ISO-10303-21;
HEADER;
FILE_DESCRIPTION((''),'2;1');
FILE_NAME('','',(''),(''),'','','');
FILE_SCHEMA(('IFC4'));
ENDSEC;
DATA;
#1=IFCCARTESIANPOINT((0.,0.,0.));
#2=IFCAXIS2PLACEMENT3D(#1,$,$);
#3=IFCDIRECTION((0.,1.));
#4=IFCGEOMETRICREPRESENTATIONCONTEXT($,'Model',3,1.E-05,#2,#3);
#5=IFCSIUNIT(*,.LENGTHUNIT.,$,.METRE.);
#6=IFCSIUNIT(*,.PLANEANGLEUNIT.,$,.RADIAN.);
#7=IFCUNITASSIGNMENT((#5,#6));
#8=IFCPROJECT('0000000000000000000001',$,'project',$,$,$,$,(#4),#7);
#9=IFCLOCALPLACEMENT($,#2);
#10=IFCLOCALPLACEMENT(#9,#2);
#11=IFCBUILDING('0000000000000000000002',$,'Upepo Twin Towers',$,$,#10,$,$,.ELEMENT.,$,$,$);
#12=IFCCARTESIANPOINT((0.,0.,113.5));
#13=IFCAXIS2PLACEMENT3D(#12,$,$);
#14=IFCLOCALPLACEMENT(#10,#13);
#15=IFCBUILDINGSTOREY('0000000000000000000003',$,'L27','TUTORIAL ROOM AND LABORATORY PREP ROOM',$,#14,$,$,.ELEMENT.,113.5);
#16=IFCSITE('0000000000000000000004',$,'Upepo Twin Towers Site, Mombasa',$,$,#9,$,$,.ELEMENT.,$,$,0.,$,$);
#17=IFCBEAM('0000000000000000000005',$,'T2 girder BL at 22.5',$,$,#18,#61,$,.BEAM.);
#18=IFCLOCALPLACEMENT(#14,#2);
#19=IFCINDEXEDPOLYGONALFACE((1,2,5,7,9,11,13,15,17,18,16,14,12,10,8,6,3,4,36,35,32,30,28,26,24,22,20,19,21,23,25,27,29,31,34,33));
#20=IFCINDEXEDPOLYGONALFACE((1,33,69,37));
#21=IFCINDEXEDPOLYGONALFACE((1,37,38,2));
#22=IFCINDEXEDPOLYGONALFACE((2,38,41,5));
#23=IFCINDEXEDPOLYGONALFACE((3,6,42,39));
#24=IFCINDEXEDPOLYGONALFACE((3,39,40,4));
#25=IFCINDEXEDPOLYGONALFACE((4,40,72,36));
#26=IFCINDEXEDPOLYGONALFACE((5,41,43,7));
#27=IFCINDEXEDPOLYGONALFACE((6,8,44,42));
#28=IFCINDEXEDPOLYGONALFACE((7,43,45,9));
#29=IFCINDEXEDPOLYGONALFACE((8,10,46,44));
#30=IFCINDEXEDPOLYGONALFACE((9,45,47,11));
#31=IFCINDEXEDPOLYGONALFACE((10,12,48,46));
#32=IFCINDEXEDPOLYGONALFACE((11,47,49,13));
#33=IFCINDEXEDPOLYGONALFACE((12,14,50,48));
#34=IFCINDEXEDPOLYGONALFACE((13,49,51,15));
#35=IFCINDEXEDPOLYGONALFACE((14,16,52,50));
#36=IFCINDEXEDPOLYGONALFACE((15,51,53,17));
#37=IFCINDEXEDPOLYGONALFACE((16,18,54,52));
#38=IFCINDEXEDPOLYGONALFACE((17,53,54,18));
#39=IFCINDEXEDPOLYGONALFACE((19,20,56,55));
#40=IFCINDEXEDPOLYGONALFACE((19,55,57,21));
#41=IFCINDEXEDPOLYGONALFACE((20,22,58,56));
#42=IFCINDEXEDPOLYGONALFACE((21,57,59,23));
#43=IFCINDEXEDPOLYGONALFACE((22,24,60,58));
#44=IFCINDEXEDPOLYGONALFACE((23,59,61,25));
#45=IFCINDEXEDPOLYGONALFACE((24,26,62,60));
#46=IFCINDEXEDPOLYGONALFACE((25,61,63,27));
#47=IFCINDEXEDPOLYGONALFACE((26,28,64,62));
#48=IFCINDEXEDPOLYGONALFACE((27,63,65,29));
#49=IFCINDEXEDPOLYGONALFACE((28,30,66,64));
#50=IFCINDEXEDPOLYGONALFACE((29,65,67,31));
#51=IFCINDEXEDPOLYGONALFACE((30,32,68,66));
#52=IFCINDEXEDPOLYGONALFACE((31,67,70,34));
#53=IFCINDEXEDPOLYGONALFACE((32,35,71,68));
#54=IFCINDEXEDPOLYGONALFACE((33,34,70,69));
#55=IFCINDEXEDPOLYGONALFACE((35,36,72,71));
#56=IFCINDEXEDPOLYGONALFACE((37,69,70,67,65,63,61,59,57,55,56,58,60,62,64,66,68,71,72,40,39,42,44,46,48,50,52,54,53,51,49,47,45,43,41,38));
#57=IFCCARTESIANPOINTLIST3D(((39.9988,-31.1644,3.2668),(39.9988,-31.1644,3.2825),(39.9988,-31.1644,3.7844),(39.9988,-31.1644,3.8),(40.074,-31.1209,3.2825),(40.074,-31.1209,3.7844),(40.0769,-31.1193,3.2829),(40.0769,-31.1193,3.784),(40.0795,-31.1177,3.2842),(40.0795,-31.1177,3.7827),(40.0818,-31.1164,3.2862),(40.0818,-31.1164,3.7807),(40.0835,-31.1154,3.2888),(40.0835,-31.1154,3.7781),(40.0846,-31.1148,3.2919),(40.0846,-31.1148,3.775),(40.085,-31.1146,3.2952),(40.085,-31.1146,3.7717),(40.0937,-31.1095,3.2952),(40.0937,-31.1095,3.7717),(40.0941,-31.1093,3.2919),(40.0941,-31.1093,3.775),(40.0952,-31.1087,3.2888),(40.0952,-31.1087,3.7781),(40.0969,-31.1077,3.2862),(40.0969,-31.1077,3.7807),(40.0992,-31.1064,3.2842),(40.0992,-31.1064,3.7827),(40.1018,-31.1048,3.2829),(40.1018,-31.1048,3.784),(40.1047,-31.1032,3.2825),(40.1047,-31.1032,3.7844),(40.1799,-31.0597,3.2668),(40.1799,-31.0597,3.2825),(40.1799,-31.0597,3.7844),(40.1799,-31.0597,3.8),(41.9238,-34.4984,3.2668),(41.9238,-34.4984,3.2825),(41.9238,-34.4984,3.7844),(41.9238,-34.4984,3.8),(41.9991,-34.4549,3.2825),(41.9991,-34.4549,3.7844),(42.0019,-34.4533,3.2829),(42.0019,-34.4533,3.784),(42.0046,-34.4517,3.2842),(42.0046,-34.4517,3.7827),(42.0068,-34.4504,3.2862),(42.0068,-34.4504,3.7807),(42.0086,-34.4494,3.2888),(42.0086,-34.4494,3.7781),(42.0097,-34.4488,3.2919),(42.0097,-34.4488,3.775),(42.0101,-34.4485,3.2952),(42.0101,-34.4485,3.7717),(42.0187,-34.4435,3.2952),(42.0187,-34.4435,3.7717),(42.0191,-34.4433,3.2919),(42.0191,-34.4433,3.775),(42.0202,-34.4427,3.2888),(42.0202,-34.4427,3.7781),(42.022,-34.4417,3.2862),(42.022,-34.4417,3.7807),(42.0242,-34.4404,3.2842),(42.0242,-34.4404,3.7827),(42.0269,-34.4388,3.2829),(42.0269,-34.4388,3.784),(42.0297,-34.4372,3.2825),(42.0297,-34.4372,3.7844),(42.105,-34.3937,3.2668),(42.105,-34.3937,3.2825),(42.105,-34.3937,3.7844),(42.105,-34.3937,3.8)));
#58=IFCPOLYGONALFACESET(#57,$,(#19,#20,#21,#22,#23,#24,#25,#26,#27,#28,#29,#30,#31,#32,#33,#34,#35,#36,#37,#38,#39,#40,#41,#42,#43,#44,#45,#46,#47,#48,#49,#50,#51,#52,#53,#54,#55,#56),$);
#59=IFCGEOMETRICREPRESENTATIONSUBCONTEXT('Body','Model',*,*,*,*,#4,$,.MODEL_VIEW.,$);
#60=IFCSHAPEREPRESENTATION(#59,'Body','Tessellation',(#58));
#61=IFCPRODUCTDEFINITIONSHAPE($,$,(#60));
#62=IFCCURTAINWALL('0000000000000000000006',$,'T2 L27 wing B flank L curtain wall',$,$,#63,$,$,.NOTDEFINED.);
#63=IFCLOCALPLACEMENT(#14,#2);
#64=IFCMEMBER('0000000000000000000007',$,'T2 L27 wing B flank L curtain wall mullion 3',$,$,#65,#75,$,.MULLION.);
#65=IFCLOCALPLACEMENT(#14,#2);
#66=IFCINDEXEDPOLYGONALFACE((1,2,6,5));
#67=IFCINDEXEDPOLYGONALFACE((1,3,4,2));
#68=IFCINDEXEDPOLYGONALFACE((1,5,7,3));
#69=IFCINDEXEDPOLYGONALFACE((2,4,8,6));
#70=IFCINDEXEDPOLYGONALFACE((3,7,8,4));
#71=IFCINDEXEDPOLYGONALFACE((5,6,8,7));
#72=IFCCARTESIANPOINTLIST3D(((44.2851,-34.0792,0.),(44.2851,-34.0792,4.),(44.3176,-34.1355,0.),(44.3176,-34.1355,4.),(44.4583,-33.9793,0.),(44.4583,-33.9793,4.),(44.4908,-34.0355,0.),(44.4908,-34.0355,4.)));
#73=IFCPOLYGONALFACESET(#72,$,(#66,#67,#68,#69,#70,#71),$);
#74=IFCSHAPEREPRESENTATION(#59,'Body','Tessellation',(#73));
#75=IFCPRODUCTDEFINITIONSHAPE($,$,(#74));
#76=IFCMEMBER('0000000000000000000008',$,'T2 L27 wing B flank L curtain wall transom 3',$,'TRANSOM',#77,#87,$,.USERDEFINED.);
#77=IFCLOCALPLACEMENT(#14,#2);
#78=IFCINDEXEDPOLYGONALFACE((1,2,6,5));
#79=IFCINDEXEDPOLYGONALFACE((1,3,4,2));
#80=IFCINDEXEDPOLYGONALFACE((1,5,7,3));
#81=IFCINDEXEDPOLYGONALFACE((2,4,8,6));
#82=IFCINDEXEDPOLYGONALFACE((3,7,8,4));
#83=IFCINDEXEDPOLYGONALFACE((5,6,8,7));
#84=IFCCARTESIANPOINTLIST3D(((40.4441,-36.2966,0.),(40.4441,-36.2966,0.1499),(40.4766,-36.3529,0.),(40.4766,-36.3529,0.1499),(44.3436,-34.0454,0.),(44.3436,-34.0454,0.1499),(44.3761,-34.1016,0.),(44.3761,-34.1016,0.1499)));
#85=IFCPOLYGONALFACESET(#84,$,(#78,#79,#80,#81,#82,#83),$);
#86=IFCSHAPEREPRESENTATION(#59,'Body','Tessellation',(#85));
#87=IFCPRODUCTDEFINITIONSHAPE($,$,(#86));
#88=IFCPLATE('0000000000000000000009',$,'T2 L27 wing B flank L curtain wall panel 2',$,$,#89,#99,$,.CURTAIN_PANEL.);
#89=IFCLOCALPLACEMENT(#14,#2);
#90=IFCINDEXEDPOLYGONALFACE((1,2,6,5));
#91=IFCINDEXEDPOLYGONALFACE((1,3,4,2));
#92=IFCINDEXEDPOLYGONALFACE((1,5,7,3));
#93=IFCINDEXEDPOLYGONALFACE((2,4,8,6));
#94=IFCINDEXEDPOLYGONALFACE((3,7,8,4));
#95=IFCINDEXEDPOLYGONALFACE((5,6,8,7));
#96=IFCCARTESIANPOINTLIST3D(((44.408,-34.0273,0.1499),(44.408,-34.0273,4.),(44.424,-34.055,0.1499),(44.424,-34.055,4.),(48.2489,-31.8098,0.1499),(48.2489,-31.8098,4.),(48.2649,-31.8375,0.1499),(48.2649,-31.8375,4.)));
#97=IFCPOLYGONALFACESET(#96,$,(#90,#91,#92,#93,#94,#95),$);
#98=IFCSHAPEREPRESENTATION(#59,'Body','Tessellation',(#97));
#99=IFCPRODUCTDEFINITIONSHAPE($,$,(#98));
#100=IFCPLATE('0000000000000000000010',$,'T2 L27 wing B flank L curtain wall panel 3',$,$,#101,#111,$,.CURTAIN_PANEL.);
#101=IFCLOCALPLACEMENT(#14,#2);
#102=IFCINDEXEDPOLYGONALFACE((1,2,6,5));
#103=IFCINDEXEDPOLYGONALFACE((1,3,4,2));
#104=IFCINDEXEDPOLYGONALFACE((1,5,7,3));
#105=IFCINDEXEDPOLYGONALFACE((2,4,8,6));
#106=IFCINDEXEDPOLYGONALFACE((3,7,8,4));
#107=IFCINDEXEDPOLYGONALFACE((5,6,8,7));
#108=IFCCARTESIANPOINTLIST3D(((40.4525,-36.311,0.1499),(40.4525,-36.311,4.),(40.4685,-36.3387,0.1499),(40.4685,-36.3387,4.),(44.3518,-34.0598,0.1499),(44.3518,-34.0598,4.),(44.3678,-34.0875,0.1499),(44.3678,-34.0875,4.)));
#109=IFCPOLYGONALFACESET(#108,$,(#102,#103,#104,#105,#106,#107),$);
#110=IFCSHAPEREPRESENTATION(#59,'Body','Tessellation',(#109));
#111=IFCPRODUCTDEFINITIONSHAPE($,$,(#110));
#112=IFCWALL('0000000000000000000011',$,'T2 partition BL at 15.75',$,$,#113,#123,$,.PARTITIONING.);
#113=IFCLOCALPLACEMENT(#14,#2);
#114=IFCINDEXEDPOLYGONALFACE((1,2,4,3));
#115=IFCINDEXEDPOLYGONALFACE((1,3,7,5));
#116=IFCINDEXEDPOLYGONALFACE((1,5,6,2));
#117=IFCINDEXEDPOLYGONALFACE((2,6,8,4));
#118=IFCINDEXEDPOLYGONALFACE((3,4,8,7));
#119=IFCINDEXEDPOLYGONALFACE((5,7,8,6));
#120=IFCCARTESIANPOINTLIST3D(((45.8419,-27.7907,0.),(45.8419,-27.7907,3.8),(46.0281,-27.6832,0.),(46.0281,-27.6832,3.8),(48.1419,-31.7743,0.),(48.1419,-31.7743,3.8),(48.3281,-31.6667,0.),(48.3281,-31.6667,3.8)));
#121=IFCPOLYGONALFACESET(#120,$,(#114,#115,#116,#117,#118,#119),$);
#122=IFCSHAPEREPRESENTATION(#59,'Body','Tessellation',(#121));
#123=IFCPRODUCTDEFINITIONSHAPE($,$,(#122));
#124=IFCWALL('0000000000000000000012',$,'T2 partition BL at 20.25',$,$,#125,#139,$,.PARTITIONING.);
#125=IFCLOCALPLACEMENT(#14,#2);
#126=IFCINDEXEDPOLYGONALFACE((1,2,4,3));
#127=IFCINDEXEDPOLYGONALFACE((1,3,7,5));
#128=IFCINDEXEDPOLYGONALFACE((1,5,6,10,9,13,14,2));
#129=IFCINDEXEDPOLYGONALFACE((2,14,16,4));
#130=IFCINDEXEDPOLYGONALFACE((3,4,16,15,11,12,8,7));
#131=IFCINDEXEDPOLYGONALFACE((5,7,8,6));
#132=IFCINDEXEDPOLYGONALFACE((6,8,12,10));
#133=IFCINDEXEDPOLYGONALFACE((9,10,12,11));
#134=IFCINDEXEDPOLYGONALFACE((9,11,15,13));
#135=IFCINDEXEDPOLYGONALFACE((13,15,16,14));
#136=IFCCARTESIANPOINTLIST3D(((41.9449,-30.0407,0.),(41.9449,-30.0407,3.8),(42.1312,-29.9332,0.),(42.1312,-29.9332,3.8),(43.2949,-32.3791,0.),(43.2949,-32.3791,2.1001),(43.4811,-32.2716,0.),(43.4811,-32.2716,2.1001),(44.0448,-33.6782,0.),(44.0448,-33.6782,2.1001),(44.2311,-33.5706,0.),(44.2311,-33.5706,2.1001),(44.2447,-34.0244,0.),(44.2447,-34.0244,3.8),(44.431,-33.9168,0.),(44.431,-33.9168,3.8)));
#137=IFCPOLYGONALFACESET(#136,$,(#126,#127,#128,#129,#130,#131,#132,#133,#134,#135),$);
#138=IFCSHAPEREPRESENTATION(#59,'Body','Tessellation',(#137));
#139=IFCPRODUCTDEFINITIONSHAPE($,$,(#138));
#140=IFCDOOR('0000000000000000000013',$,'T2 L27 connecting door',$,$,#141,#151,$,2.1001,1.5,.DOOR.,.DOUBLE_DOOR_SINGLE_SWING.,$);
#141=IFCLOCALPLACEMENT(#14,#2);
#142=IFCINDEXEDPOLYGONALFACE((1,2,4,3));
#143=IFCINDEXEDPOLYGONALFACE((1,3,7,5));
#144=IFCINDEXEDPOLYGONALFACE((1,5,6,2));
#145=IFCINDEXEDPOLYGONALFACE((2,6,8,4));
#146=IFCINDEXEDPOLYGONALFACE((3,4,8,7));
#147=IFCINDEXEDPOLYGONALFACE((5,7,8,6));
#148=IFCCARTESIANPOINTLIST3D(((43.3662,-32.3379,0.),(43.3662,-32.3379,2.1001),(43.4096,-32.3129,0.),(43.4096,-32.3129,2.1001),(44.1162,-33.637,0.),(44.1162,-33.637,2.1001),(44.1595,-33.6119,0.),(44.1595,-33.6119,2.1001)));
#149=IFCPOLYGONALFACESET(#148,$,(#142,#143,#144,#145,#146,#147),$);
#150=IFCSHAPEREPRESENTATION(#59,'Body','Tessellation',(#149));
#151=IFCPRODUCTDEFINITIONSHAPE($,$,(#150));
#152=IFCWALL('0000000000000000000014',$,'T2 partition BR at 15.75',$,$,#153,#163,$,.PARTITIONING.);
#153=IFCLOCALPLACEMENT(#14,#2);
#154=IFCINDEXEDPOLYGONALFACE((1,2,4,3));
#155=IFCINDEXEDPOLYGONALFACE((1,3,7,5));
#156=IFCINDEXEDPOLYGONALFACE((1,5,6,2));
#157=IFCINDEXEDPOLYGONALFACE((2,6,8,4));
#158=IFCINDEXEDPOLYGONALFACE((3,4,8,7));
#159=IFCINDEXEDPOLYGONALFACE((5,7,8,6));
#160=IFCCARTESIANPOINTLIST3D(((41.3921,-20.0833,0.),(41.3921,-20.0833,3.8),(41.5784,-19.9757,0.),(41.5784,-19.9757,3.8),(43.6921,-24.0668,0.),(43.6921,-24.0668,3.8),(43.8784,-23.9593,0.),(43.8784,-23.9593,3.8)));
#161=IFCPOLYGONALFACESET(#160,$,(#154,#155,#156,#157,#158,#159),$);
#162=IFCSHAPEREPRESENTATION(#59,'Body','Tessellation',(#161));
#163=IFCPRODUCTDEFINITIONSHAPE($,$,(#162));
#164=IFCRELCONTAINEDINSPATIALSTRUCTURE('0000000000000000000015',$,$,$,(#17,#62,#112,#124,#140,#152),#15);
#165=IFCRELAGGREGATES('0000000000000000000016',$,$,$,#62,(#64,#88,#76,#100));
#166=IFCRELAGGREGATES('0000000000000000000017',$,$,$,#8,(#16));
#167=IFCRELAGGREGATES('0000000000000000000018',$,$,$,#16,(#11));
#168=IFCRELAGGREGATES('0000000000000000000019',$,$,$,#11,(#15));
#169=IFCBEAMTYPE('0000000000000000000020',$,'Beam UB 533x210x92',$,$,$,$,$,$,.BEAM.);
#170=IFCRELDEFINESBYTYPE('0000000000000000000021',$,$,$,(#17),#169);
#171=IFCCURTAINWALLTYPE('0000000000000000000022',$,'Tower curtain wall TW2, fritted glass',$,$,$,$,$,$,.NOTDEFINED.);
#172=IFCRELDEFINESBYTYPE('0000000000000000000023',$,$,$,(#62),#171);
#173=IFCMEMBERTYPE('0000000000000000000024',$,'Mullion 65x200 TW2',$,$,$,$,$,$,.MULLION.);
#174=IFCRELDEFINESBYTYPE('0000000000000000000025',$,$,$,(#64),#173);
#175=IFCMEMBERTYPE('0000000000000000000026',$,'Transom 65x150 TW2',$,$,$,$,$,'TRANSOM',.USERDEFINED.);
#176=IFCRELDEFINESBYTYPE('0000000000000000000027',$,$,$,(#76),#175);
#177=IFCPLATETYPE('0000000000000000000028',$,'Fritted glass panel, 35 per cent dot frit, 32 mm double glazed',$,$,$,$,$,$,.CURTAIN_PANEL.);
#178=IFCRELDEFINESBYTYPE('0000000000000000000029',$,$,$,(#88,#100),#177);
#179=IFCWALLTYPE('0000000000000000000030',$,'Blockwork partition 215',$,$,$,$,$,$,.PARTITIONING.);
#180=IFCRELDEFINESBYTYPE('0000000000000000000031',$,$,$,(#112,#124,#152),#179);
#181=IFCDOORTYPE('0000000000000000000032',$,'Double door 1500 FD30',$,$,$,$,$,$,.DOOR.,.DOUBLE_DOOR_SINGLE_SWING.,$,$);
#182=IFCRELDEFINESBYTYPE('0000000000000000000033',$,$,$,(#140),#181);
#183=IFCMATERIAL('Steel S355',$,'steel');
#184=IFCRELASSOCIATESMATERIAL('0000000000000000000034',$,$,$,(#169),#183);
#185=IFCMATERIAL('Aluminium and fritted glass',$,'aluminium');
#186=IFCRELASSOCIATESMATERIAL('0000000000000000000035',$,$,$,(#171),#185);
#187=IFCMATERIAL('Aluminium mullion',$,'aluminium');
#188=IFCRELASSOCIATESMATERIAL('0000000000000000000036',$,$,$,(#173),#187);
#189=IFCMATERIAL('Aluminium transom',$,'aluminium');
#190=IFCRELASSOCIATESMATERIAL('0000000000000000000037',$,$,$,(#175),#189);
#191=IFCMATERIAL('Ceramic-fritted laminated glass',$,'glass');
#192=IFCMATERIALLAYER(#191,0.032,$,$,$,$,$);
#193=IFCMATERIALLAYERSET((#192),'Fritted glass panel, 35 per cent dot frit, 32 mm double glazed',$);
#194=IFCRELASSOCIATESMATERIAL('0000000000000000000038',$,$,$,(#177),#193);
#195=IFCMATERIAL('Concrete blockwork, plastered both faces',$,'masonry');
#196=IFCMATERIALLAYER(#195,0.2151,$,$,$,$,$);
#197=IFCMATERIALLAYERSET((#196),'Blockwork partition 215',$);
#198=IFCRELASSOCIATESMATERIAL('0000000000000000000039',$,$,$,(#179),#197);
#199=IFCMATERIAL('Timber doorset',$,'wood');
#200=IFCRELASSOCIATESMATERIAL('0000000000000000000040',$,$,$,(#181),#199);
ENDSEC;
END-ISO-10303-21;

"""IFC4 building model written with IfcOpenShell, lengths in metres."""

from ifc_helpers import new_model, si_unit, direction, frame, frame_2d, origin, origin_2d, place, context, subcontext, project, spatial, rectangle, i_section, extrude, material, layer, layer_set, material_profile, profile_set, type_object, element, fill, aggregate, save


model = new_model("IFC4")

# Units and contexts
model_context = context("Model", 3, precision=1e-05, world=origin(), true_north=direction((0.0, 1.0)))
body_context = subcontext(model_context, "Body", "Model", "MODEL_VIEW")
ifc_project = project(units=[si_unit("LENGTHUNIT", "METRE"), si_unit("PLANEANGLEUNIT", "RADIAN")], contexts=[model_context])

# Site, building, storey
site_placement = place(None, origin())
site = spatial("IfcSite", under=ifc_project, at=site_placement, Name="Upepo Twin Towers Site, Mombasa", CompositionType="ELEMENT", RefElevation=0.0)
building_placement = place(site_placement, origin())
building = spatial("IfcBuilding", under=site, at=building_placement, Name="Upepo Twin Towers", CompositionType="ELEMENT")
storey_placement = place(building_placement, frame((0.0, 0.0, 113.5)))
storey = spatial("IfcBuildingStorey", under=building, at=storey_placement, Name="L27", Description="TUTORIAL ROOM AND LABORATORY PREP ROOM", CompositionType="ELEMENT", Elevation=113.5)

# Beam
ifc_material_1 = material(Name="Steel S355", Category="steel")
ifc_material_profile_1 = material_profile(ifc_material_1, i_section(OverallWidth=0.2092, OverallDepth=0.5332, WebThickness=0.01, FlangeThickness=0.0156, FilletRadius=0.0127, at=origin_2d()), Name="UB 533x210x92")
ifc_profile_set_1 = profile_set([ifc_material_profile_1], Name="Steel S355")
beam_type_1 = type_object("IfcBeamType", Name="Beam UB 533x210x92", PredefinedType="BEAM", material=ifc_profile_set_1)
for number, where, z_axis, x_axis, name in (
    (1, (42.0144, -34.446, 3.5334), (-0.500034, 0.866006, 0.0), (-0.866006, -0.500034, 0.0), "T2 girder BL at 22.5"),
):
    element("IfcBeam", number, at=place(storey_placement, frame(where, z_axis=z_axis, x_axis=x_axis)), inside=storey, type_object=beam_type_1, Name=name, PredefinedType="BEAM", context=body_context, shape_type="SweptSolid", body=[
        extrude(i_section(OverallWidth=0.2092, OverallDepth=0.5332, WebThickness=0.01, FlangeThickness=0.0156, FilletRadius=0.0127, at=origin_2d()), origin(), (0.0, 0.0, 1.0), 3.8499),
    ])

# Curtain wall, members, plates
ifc_material_2 = material(Name="Aluminium and fritted glass", Category="aluminium")
curtain_wall_type = type_object("IfcCurtainWallType", Name="Tower curtain wall TW2, fritted glass", PredefinedType="NOTDEFINED", material=ifc_material_2)
curtain_wall_placement = place(storey_placement, origin())
curtain_wall = element("IfcCurtainWall", 2, at=curtain_wall_placement, inside=storey, type_object=curtain_wall_type, Name="T2 L27 wing B flank L curtain wall", PredefinedType="NOTDEFINED")
ifc_material_3 = material(Name="Aluminium mullion", Category="aluminium")
ifc_material_profile_2 = material_profile(ifc_material_3, rectangle(XDim=0.0649, YDim=0.2, at=origin_2d()), Name="MULLION 65x200")
ifc_profile_set_2 = profile_set([ifc_material_profile_2], Name="Aluminium mullion")
member_type_1 = type_object("IfcMemberType", Name="Mullion 65x200 TW2", PredefinedType="MULLION", material=ifc_profile_set_2)
member_1_placement = place(storey_placement, frame((44.3879, -34.0574, 0.0), z_axis=(0.0, 0.0, 1.0), x_axis=(0.5, -0.866025, 0.0)))
member_1 = element("IfcMember", 3, at=member_1_placement, type_object=member_type_1, Name="T2 L27 wing B flank L curtain wall mullion 3", PredefinedType="MULLION", context=body_context, shape_type="SweptSolid", body=[
    extrude(rectangle(XDim=0.0649, YDim=0.2, at=origin_2d()), origin(), (0.0, 0.0, 1.0), 4.0),
])
ifc_material_4 = material(Name="Aluminium transom", Category="aluminium")
ifc_material_profile_3 = material_profile(ifc_material_4, rectangle(XDim=0.0649, YDim=0.1499, at=origin_2d()), Name="TRANSOM 65x150")
ifc_profile_set_3 = profile_set([ifc_material_profile_3], Name="Aluminium transom")
member_type_2 = type_object("IfcMemberType", Name="Transom 65x150 TW2", ElementType="TRANSOM", PredefinedType="USERDEFINED", material=ifc_profile_set_3)
member_2_placement = place(storey_placement, frame((44.3599, -34.0735, 0.075), z_axis=(-0.866036, -0.499982, 0.0), x_axis=(0.499982, -0.866036, 0.0)))
member_2 = element("IfcMember", 4, at=member_2_placement, type_object=member_type_2, Name="T2 L27 wing B flank L curtain wall transom 3", ObjectType="TRANSOM", PredefinedType="USERDEFINED", context=body_context, shape_type="SweptSolid", body=[
    extrude(rectangle(XDim=0.0649, YDim=0.1499, at=origin_2d()), origin(), (0.0, 0.0, 1.0), 4.5027),
])
ifc_material_5 = material(Name="Ceramic-fritted laminated glass", Category="glass")
ifc_layer_1 = layer(ifc_material_5, 0.032)
ifc_layer_set_1 = layer_set([ifc_layer_1], Name="Fritted glass panel, 35 per cent dot frit, 32 mm double glazed")
plate_type = type_object("IfcPlateType", Name="Fritted glass panel, 35 per cent dot frit, 32 mm double glazed", PredefinedType="CURTAIN_PANEL", material=ifc_layer_set_1)
plate_1_placement = place(storey_placement, frame((46.3364, -32.9324, 0.1499), z_axis=(0.0, 0.0, 1.0), x_axis=(-0.866025, -0.5, 0.0)))
plate_1 = element("IfcPlate", 5, at=plate_1_placement, type_object=plate_type, Name="T2 L27 wing B flank L curtain wall panel 2", PredefinedType="CURTAIN_PANEL", context=body_context, shape_type="SweptSolid", body=[
    extrude(rectangle(XDim=4.4351, YDim=0.032, at=origin_2d()), origin(), (0.0, 0.0, 1.0), 3.8501),
])
plate_2_placement = place(storey_placement, frame((42.4102, -35.1992, 0.1499), z_axis=(0.0, 0.0, 1.0), x_axis=(-0.866025, -0.5, 0.0)))
plate_2 = element("IfcPlate", 6, at=plate_2_placement, type_object=plate_type, Name="T2 L27 wing B flank L curtain wall panel 3", PredefinedType="CURTAIN_PANEL", context=body_context, shape_type="SweptSolid", body=[
    extrude(rectangle(XDim=4.5024, YDim=0.032, at=origin_2d()), origin(), (0.0, 0.0, 1.0), 3.8501),
])
aggregate(curtain_wall, [member_1, plate_1, member_2, plate_2])

# Wall
ifc_material_6 = material(Name="Concrete blockwork, plastered both faces", Category="masonry")
ifc_layer_2 = layer(ifc_material_6, 0.2151)
ifc_layer_set_2 = layer_set([ifc_layer_2], Name="Blockwork partition 215")
wall_type_1 = type_object("IfcWallType", Name="Blockwork partition 215", PredefinedType="PARTITIONING", material=ifc_layer_set_2)
wall_1_placement = place(storey_placement, frame((45.9351, -27.7371, 0.0), z_axis=(0.0, 0.0, 1.0), x_axis=(0.500015, -0.866017, 0.0)))
element("IfcWall", 7, at=wall_1_placement, inside=storey, type_object=wall_type_1, Name="T2 partition BL at 15.75", PredefinedType="PARTITIONING", context=body_context, shape_type="SweptSolid", body=[
    extrude(rectangle(XDim=4.5999, YDim=0.2151, at=frame_2d((2.2998, 0.0))), origin(), (0.0, 0.0, 1.0), 3.8),
])

# Wall, opening, door
wall_2_placement = place(storey_placement, frame((42.0381, -29.9871, 0.0), z_axis=(0.0, 0.0, 1.0), x_axis=(0.499975, -0.86604, 0.0)))
wall_2 = element("IfcWall", 8, at=wall_2_placement, inside=storey, type_object=wall_type_1, Name="T2 partition BL at 20.25", PredefinedType="PARTITIONING", context=body_context, shape_type="SweptSolid", body=[
    extrude(rectangle(XDim=4.5999, YDim=0.2151, at=frame_2d((2.2998, 0.0))), origin(), (0.0, 0.0, 1.0), 3.8),
])
opening_1_placement = place(wall_2_placement, frame((2.7, 0.0, 0.0)))
opening_1 = element("IfcOpeningElement", 9, at=opening_1_placement, cuts=wall_2, PredefinedType="OPENING", context=body_context, shape_type="SweptSolid", body=[
    extrude(rectangle(XDim=1.5, YDim=2.1001, at=frame_2d((0.75, 1.05))), frame((0.0, 0.1174, 0.0), z_axis=(0.0, -1.0, 0.0), x_axis=(1.0, 0.0, 0.0)), (0.0, 0.0, 1.0), 0.2351),
])
ifc_material_7 = material(Name="Timber doorset", Category="wood")
door_type_1 = type_object("IfcDoorType", Name="Double door 1500 FD30", OperationType="DOUBLE_DOOR_SINGLE_SWING", PredefinedType="DOOR", material=ifc_material_7)
door_1_placement = place(opening_1_placement, origin())
door_1 = element("IfcDoor", 10, at=door_1_placement, inside=storey, type_object=door_type_1, Name="T2 L27 connecting door", OperationType="DOUBLE_DOOR_SINGLE_SWING", OverallHeight=2.1001, OverallWidth=1.5, PredefinedType="DOOR", context=body_context, shape_type="SweptSolid", body=[
    extrude(rectangle(XDim=1.5, YDim=2.1001, at=frame_2d((0.75, 1.05))), frame((0.0, 0.0249, 0.0), z_axis=(0.0, -1.0, 0.0), x_axis=(1.0, 0.0, 0.0)), (0.0, 0.0, 1.0), 0.05),
])
fill(opening_1, door_1)

# Wall
wall_3_placement = place(storey_placement, frame((43.7852, -24.0129, 0.0), z_axis=(0.0, 0.0, 1.0), x_axis=(-0.500015, 0.866017, 0.0)))
element("IfcWall", 11, at=wall_3_placement, inside=storey, type_object=wall_type_1, Name="T2 partition BR at 15.75", PredefinedType="PARTITIONING", context=body_context, shape_type="SweptSolid", body=[
    extrude(rectangle(XDim=4.5999, YDim=0.2151, at=frame_2d((2.2998, 0.0))), origin(), (0.0, 0.0, 1.0), 3.8),
])

save(model, "model.ifc")
